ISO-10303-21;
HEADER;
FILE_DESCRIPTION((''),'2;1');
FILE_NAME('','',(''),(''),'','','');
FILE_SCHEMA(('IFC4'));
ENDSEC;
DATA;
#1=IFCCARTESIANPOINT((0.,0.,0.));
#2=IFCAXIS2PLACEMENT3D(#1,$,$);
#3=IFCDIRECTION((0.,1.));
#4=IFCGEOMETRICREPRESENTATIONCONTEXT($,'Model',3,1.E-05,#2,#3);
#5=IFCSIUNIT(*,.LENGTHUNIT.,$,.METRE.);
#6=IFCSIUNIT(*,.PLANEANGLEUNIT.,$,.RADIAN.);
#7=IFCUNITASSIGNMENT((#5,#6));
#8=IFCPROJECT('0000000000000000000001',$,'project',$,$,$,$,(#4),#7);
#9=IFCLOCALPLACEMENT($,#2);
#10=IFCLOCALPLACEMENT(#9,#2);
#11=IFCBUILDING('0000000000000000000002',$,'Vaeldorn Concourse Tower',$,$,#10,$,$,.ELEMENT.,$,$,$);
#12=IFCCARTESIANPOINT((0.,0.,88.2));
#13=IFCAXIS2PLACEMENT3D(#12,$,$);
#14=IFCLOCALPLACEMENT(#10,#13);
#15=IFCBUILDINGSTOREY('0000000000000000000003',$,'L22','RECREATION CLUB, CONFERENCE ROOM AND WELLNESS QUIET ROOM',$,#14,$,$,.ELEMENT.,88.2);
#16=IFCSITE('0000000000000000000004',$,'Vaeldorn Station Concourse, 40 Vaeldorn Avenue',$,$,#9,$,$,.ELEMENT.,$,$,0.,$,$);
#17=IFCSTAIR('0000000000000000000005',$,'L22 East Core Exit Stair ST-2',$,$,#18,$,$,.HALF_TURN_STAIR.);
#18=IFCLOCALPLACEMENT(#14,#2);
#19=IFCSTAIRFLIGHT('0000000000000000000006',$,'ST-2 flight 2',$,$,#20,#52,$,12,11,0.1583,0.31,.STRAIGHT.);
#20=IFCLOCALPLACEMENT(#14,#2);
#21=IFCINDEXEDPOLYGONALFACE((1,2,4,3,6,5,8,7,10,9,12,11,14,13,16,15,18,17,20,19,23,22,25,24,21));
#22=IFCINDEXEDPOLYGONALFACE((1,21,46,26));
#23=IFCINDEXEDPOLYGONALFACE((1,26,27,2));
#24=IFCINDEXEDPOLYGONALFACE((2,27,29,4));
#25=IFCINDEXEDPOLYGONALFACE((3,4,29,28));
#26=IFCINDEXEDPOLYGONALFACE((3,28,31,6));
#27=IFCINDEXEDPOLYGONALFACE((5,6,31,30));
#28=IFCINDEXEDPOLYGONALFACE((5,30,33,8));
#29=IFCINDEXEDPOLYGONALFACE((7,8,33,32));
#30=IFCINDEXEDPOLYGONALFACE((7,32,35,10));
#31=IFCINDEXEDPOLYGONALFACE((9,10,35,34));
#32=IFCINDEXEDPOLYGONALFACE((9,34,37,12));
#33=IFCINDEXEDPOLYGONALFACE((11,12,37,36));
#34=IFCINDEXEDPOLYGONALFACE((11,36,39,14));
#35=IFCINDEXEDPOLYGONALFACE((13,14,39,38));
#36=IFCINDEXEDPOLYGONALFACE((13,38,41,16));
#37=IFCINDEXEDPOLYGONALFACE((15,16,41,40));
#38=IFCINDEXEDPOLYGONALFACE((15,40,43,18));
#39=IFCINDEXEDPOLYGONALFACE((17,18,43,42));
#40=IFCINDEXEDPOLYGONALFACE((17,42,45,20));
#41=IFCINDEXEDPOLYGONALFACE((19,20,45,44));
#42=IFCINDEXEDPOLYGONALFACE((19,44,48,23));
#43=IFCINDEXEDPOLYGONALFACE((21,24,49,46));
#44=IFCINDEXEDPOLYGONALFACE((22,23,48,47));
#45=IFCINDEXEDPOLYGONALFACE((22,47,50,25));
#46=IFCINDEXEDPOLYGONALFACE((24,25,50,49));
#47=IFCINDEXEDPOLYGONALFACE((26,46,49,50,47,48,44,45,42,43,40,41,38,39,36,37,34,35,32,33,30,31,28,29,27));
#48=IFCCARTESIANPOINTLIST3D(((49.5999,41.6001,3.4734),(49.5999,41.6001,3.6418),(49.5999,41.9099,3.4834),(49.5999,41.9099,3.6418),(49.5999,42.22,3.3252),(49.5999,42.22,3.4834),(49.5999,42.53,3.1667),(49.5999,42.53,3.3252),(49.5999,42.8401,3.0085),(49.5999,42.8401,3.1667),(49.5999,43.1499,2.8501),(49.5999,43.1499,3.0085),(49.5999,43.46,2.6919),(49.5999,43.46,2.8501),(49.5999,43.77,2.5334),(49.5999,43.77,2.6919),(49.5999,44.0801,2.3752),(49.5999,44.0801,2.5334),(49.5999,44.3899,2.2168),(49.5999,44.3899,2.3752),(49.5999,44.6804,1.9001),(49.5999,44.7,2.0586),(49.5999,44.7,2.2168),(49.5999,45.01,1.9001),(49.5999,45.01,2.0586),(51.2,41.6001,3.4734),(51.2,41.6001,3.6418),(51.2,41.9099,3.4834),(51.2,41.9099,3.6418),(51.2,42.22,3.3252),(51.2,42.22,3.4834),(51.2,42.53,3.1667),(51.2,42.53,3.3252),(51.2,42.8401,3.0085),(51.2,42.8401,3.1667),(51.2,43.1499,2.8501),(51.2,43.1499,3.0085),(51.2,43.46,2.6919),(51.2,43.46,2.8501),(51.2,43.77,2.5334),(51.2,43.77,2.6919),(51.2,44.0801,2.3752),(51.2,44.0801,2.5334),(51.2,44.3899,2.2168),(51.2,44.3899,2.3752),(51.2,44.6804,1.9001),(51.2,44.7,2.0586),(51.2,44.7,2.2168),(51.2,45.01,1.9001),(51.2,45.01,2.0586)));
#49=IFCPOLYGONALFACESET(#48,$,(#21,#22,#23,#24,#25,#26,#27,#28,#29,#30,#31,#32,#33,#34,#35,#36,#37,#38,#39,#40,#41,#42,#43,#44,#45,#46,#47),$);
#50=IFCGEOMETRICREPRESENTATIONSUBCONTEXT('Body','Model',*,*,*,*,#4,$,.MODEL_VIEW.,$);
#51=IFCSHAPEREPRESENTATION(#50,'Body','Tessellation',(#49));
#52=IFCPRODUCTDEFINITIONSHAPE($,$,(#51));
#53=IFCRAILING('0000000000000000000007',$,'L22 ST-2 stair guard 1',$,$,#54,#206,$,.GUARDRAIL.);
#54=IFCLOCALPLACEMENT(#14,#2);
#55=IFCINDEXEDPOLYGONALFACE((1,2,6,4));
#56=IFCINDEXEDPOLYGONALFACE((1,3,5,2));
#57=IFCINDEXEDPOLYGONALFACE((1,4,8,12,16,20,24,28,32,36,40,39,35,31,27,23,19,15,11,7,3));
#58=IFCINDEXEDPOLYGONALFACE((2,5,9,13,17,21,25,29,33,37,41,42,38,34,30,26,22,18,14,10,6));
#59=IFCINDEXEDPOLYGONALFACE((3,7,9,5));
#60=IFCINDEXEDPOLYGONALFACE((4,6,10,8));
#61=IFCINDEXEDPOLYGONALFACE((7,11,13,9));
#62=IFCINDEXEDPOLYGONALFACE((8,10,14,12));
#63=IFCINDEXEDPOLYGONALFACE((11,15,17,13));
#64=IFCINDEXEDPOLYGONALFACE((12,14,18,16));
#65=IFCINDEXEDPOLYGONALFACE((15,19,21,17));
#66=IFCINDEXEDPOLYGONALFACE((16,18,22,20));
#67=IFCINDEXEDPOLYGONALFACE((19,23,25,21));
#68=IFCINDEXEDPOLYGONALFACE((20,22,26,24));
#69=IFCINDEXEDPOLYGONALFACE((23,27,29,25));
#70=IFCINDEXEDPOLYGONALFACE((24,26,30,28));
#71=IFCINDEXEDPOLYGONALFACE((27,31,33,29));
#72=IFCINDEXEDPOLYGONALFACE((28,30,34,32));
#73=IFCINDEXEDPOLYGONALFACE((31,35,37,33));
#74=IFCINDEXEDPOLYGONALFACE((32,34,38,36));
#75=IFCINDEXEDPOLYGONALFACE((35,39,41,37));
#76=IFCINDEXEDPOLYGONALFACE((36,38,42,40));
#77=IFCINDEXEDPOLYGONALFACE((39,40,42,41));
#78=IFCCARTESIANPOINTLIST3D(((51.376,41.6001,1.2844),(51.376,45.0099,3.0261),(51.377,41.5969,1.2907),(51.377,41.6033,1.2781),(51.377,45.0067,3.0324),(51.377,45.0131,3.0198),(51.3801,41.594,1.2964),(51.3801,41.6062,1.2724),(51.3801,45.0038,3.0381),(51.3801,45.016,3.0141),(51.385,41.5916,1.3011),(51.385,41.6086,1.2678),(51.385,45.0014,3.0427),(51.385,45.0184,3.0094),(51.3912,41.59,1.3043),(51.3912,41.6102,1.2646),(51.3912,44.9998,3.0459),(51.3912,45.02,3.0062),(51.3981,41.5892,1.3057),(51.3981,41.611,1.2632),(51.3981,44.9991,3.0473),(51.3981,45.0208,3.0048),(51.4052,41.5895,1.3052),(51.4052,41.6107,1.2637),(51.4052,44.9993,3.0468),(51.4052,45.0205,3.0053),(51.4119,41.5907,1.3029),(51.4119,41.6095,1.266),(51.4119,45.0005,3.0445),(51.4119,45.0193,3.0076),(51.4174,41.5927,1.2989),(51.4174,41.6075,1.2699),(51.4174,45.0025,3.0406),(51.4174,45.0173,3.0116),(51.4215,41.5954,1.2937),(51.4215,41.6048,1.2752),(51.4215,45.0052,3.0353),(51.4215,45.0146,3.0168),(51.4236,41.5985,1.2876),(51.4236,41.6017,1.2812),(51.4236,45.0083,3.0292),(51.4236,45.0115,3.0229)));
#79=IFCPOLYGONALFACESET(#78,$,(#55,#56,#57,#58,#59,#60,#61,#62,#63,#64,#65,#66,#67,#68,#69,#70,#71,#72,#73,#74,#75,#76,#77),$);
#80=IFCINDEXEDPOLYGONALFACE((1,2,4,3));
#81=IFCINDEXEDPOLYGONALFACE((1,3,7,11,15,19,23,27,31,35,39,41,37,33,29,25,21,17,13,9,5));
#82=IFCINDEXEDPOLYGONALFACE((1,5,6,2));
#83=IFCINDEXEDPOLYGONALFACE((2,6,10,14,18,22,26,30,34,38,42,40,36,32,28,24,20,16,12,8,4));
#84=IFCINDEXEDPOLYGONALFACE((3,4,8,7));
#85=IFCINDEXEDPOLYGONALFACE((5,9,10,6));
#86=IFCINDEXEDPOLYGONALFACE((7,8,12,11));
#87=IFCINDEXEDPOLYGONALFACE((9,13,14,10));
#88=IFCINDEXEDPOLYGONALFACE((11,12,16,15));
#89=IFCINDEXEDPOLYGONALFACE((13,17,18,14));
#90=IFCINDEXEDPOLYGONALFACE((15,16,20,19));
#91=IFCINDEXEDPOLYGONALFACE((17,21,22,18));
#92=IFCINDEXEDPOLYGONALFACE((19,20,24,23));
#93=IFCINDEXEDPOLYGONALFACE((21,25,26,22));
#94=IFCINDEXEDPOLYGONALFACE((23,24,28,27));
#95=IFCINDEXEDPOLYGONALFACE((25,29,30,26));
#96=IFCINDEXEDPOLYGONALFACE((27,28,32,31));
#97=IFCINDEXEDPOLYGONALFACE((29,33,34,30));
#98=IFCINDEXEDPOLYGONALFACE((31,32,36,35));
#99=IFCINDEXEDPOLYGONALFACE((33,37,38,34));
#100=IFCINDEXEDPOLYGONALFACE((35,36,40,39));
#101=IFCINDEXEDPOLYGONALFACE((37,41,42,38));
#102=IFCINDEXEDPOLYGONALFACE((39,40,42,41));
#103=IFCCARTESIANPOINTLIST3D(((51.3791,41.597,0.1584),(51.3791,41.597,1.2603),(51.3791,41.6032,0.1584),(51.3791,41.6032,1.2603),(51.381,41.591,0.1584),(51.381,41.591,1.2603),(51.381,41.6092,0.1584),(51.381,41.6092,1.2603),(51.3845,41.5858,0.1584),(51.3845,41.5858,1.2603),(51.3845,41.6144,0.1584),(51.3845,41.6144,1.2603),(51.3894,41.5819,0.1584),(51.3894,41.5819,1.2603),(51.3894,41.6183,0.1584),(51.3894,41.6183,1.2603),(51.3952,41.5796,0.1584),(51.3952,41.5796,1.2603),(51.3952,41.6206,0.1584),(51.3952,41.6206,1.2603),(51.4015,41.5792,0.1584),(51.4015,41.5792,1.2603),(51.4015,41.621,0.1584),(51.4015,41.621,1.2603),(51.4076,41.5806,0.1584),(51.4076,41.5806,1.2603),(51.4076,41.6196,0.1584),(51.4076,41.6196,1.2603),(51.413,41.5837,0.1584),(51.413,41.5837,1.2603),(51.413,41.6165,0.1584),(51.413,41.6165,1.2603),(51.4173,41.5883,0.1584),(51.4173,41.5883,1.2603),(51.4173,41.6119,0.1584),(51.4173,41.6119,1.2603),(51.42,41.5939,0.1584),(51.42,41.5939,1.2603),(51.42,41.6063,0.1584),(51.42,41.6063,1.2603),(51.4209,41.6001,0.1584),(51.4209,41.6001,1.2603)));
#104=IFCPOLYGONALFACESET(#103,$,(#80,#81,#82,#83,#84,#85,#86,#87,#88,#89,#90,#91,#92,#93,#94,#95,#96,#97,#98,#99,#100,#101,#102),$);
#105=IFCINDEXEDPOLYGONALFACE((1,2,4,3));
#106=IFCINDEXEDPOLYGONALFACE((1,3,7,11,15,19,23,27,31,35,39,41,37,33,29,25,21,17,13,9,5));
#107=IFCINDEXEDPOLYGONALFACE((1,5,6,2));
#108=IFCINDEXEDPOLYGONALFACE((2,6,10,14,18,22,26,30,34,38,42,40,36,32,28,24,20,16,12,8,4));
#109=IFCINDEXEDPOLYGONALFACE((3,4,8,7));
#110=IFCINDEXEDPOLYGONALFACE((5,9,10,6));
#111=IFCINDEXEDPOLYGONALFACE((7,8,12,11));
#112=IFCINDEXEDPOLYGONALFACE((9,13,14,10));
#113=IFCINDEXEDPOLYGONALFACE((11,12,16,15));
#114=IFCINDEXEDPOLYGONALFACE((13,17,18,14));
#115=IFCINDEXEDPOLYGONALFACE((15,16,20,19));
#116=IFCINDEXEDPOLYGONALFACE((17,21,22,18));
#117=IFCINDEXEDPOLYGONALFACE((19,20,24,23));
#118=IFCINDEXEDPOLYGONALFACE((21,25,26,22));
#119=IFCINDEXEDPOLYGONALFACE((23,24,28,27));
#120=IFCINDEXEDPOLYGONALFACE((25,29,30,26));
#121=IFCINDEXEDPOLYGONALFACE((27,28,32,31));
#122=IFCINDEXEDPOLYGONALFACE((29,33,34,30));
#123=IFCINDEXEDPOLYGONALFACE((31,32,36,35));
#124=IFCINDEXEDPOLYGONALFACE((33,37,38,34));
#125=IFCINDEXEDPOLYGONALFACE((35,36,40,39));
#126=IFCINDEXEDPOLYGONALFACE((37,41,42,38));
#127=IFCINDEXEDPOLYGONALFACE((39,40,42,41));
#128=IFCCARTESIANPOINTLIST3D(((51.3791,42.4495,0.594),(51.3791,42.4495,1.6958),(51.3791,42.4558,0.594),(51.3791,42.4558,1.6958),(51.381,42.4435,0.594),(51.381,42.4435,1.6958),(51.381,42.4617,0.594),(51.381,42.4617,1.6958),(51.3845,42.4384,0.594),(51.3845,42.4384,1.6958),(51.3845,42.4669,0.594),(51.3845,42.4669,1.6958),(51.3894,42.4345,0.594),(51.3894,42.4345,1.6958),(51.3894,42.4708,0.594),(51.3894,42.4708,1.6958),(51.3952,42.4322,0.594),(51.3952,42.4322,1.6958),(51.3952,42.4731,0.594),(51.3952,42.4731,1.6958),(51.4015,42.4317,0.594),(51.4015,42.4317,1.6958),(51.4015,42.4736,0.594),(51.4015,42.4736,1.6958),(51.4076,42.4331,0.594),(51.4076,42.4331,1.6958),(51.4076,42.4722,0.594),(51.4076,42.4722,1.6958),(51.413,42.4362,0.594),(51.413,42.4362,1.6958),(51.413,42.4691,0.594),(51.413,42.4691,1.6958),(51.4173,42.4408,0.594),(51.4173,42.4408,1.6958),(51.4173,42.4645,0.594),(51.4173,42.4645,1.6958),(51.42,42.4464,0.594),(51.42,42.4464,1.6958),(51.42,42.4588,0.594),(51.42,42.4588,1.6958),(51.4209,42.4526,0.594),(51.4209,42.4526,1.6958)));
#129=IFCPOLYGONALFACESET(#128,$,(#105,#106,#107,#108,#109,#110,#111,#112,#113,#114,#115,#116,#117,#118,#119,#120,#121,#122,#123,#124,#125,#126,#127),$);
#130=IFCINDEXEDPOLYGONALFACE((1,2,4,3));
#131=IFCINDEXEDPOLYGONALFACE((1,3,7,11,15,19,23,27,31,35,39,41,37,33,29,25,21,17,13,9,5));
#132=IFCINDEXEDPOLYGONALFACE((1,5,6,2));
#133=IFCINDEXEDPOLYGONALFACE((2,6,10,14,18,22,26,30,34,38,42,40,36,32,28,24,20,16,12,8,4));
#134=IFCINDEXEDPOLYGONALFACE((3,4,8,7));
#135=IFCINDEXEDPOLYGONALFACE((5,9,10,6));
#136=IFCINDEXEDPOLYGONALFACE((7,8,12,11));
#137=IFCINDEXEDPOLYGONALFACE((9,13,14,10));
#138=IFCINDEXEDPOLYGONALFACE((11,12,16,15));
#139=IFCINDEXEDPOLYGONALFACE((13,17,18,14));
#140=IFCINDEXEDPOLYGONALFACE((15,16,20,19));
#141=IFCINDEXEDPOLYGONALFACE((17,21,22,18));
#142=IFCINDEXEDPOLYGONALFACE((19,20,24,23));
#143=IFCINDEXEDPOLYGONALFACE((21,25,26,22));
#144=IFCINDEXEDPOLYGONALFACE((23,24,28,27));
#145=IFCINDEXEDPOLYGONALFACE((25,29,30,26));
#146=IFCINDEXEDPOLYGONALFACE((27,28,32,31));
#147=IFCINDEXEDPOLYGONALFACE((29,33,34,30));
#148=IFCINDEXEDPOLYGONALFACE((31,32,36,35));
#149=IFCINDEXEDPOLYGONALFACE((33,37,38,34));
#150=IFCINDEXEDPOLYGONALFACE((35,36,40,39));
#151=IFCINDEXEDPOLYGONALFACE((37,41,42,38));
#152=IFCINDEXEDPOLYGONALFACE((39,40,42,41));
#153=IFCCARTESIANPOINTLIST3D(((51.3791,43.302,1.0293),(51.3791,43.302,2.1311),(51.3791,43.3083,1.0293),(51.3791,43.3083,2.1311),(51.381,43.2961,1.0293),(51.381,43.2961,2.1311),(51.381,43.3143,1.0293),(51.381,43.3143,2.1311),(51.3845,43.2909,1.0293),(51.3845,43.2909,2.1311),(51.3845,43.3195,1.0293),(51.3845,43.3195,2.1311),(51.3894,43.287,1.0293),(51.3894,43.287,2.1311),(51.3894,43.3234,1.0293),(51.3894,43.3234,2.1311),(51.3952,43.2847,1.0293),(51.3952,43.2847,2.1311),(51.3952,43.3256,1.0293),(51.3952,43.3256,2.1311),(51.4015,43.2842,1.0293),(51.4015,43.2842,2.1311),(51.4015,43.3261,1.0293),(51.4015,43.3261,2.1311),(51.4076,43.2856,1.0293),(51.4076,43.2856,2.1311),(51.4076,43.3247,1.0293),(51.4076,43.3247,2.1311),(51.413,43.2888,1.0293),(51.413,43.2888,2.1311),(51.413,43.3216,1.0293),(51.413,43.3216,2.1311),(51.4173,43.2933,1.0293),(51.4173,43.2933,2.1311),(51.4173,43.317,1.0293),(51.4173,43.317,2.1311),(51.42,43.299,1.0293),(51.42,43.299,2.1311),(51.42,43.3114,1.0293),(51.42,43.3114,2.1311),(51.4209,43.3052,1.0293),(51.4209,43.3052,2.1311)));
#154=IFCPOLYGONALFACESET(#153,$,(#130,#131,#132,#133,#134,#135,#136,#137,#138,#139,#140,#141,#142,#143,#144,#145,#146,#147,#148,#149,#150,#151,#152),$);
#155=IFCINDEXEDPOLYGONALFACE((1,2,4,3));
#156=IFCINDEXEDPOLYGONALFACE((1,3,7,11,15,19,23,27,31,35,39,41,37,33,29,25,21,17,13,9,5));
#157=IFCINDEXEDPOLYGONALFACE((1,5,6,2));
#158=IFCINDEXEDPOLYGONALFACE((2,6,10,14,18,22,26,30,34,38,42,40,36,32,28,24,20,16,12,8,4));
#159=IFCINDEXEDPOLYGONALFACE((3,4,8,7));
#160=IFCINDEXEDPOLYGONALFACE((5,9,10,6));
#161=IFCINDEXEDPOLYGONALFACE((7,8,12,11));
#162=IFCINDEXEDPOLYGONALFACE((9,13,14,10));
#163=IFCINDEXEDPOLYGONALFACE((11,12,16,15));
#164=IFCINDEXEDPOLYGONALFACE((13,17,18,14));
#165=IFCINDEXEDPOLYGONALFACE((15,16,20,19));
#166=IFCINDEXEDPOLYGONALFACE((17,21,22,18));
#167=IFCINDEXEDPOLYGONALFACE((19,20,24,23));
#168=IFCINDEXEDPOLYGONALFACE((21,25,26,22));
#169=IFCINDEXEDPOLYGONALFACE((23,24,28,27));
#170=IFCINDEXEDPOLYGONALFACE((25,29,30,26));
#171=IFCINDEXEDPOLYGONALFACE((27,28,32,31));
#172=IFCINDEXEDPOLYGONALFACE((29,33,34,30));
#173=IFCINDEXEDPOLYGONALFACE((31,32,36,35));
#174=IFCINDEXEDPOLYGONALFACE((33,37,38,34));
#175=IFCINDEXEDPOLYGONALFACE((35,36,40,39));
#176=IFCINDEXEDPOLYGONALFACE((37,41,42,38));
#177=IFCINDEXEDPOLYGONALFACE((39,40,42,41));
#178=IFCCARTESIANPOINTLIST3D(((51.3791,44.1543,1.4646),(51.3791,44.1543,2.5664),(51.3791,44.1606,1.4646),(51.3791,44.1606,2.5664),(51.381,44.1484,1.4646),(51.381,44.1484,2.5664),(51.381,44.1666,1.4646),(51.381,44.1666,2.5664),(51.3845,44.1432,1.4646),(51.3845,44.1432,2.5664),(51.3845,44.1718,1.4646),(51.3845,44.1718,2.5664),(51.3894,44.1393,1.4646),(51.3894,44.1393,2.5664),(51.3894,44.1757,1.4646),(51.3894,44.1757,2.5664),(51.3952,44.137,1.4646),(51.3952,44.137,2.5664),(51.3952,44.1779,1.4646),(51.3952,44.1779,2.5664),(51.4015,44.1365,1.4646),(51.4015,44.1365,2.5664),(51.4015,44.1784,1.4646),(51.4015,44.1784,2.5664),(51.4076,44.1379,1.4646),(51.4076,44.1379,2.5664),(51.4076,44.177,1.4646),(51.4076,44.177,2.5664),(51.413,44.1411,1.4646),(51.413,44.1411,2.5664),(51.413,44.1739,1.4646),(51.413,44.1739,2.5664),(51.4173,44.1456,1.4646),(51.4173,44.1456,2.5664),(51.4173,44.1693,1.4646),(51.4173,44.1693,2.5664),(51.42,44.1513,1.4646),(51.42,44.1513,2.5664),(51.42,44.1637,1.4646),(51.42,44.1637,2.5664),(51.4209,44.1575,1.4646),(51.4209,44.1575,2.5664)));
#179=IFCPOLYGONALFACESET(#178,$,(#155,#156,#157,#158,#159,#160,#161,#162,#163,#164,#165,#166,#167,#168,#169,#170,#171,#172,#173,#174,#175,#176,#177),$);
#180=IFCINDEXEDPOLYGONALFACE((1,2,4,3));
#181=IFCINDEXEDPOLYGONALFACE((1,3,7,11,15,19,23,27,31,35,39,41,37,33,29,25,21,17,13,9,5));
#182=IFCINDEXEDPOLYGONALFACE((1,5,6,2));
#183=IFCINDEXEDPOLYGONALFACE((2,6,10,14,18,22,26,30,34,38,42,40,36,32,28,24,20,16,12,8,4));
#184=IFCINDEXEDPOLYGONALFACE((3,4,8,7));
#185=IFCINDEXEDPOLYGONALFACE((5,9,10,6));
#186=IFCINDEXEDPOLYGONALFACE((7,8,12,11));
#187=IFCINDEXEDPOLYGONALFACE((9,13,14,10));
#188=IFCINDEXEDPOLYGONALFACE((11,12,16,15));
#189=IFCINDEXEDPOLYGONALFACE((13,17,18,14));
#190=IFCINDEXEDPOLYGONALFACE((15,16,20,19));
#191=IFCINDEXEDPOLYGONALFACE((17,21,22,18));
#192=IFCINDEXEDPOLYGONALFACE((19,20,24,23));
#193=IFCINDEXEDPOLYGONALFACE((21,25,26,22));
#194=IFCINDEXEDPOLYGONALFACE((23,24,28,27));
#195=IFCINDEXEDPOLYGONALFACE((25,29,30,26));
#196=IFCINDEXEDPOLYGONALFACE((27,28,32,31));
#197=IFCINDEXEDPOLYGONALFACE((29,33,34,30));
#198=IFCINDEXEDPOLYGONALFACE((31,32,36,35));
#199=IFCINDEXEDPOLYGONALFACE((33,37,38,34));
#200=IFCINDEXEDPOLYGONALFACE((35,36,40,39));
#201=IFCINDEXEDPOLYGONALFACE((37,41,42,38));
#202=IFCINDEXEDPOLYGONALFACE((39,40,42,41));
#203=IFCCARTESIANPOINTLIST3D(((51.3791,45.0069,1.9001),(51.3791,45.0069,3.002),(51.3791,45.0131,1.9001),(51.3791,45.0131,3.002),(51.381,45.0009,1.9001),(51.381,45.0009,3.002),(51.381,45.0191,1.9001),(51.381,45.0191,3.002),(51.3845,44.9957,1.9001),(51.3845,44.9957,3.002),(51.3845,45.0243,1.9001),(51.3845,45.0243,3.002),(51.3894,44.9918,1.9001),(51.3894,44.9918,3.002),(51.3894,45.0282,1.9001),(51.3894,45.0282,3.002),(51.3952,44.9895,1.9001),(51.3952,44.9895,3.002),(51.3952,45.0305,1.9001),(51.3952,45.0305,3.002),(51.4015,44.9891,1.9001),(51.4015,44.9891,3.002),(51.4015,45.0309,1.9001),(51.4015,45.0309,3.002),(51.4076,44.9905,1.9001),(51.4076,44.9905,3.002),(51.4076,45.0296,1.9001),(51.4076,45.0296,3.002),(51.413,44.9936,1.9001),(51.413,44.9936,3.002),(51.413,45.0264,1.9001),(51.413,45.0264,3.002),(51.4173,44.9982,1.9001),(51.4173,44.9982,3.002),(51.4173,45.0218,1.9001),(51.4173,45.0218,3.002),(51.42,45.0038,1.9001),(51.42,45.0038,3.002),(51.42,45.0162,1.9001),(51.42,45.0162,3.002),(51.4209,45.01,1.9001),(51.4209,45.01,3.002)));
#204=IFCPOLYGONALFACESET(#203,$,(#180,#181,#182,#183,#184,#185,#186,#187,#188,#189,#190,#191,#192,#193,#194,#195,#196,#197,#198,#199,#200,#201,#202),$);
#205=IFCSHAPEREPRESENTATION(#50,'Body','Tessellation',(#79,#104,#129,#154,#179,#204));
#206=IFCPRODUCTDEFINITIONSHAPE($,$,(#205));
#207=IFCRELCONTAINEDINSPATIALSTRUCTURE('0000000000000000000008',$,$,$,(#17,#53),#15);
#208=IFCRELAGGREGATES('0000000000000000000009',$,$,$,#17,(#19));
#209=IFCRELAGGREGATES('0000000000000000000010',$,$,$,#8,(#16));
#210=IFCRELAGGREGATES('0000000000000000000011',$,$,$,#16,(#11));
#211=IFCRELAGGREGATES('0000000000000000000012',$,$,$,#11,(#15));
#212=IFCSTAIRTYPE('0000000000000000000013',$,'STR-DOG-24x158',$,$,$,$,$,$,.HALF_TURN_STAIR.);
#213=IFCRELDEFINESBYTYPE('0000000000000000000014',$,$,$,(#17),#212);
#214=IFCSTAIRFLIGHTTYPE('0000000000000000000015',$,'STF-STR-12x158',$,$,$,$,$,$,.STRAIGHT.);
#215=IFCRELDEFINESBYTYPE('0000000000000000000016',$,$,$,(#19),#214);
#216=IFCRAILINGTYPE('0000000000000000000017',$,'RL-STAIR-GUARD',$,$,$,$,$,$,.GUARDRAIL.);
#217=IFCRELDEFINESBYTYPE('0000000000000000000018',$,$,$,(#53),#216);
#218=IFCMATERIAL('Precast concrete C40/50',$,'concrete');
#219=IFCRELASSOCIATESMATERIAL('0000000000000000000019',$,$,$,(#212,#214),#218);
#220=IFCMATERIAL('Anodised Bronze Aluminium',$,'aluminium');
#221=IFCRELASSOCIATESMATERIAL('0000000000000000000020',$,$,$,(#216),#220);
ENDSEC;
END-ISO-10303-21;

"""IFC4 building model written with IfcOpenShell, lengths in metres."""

from ifc_helpers import new_model, si_unit, direction, frame, origin, origin_2d, place, context, subcontext, project, spatial, polyline, circle, outline, extrude, material, type_object, element, aggregate, save


model = new_model("IFC4")

# Units and contexts
model_context = context("Model", 3, precision=1e-05, world=origin(), true_north=direction((0.0, 1.0)))
body_context = subcontext(model_context, "Body", "Model", "MODEL_VIEW")
ifc_project = project(units=[si_unit("LENGTHUNIT", "METRE"), si_unit("PLANEANGLEUNIT", "RADIAN")], contexts=[model_context])

# Site, building, storey
site_placement = place(None, origin())
site = spatial("IfcSite", under=ifc_project, at=site_placement, Name="Vaeldorn Station Concourse, 40 Vaeldorn Avenue", CompositionType="ELEMENT", RefElevation=0.0)
building_placement = place(site_placement, origin())
building = spatial("IfcBuilding", under=site, at=building_placement, Name="Vaeldorn Concourse Tower", CompositionType="ELEMENT")
storey_placement = place(building_placement, frame((0.0, 0.0, 88.2)))
storey = spatial("IfcBuildingStorey", under=building, at=storey_placement, Name="L22", Description="RECREATION CLUB, CONFERENCE ROOM AND WELLNESS QUIET ROOM", CompositionType="ELEMENT", Elevation=88.2)

# Shared definitions
ifc_material_1 = material(Name="Anodised Bronze Aluminium", Category="aluminium")

# Stair, stair flight
ifc_material_2 = material(Name="Precast concrete C40/50", Category="concrete")
stair_type = type_object("IfcStairType", Name="STR-DOG-24x158", PredefinedType="HALF_TURN_STAIR", material=ifc_material_2)
stair_placement = place(storey_placement, origin())
stair = element("IfcStair", 1, at=stair_placement, inside=storey, type_object=stair_type, Name="L22 East Core Exit Stair ST-2", PredefinedType="HALF_TURN_STAIR")
stair_flight_type = type_object("IfcStairFlightType", Name="STF-STR-12x158", PredefinedType="STRAIGHT", material=ifc_material_2)
stair_flight_1_placement = place(storey_placement, frame((50.3999, 45.01, 1.9001), z_axis=(0.0, 0.0, 1.0), x_axis=(0.0, -1.0, 0.0)))
stair_flight_1 = element("IfcStairFlight", 2, at=stair_flight_1_placement, type_object=stair_flight_type, Name="ST-2 flight 2", NumberOfRisers=12, NumberOfTreads=11, PredefinedType="STRAIGHT", RiserHeight=0.1583, TreadLength=0.31, context=body_context, shape_type="SweptSolid", body=[
    extrude(outline(polyline([(0.0, 0.0), (0.0, 0.1584), (0.3101, 0.1584), (0.3101, 0.3167), (0.6201, 0.3167), (0.6201, 0.4751), (0.9299, 0.4751), (0.9299, 0.6333), (1.24, 0.6333), (1.24, 0.7917), (1.55, 0.7917), (1.55, 0.95), (1.8601, 0.95), (1.8601, 1.1084), (2.1699, 1.1084), (2.1699, 1.2666), (2.48, 1.2666), (2.48, 1.425), (2.79, 1.425), (2.79, 1.5833), (3.1001, 1.5833), (3.1001, 1.7417), (3.4099, 1.7417), (3.4099, 1.8999), (3.4099, 1.5732), (0.3296, 0.0), (0.0, 0.0)])), frame((0.0, 0.8, 0.0), z_axis=(0.0, -1.0, 0.0), x_axis=(1.0, 0.0, 0.0)), (0.0, 0.0, 1.0), 1.6001),
])
aggregate(stair, [stair_flight_1])

# Railing
railing_type_1 = type_object("IfcRailingType", Name="RL-STAIR-GUARD", PredefinedType="GUARDRAIL", material=ifc_material_1)
railing_1_placement = place(storey_placement, frame((51.3999, 41.6001, 0.1584)))
element("IfcRailing", 3, at=railing_1_placement, inside=storey, type_object=railing_type_1, Name="L22 ST-2 stair guard 1", PredefinedType="GUARDRAIL", context=body_context, shape_type="SweptSolid", body=[
    extrude(circle(Radius=0.0239, at=origin_2d()), frame((0.0, 0.0, 1.126), z_axis=(0.0, 0.890556, 0.454874), x_axis=(-1.0, 0.0, 0.0)), (0.0, 0.0, 1.0), 3.8289),
    extrude(circle(Radius=0.021, at=origin_2d()), origin(), (0.0, 0.0, 1.0), 1.1018),
    extrude(circle(Radius=0.021, at=origin_2d()), frame((0.0, 0.8525, 0.4355)), (0.0, 0.0, 1.0), 1.1018),
    extrude(circle(Radius=0.021, at=origin_2d()), frame((0.0, 1.7051, 0.8708)), (0.0, 0.0, 1.0), 1.1018),
    extrude(circle(Radius=0.021, at=origin_2d()), frame((0.0, 2.5574, 1.3062)), (0.0, 0.0, 1.0), 1.1018),
    extrude(circle(Radius=0.021, at=origin_2d()), frame((0.0, 3.4099, 1.7417)), (0.0, 0.0, 1.0), 1.1018),
])

save(model, "model.ifc")
